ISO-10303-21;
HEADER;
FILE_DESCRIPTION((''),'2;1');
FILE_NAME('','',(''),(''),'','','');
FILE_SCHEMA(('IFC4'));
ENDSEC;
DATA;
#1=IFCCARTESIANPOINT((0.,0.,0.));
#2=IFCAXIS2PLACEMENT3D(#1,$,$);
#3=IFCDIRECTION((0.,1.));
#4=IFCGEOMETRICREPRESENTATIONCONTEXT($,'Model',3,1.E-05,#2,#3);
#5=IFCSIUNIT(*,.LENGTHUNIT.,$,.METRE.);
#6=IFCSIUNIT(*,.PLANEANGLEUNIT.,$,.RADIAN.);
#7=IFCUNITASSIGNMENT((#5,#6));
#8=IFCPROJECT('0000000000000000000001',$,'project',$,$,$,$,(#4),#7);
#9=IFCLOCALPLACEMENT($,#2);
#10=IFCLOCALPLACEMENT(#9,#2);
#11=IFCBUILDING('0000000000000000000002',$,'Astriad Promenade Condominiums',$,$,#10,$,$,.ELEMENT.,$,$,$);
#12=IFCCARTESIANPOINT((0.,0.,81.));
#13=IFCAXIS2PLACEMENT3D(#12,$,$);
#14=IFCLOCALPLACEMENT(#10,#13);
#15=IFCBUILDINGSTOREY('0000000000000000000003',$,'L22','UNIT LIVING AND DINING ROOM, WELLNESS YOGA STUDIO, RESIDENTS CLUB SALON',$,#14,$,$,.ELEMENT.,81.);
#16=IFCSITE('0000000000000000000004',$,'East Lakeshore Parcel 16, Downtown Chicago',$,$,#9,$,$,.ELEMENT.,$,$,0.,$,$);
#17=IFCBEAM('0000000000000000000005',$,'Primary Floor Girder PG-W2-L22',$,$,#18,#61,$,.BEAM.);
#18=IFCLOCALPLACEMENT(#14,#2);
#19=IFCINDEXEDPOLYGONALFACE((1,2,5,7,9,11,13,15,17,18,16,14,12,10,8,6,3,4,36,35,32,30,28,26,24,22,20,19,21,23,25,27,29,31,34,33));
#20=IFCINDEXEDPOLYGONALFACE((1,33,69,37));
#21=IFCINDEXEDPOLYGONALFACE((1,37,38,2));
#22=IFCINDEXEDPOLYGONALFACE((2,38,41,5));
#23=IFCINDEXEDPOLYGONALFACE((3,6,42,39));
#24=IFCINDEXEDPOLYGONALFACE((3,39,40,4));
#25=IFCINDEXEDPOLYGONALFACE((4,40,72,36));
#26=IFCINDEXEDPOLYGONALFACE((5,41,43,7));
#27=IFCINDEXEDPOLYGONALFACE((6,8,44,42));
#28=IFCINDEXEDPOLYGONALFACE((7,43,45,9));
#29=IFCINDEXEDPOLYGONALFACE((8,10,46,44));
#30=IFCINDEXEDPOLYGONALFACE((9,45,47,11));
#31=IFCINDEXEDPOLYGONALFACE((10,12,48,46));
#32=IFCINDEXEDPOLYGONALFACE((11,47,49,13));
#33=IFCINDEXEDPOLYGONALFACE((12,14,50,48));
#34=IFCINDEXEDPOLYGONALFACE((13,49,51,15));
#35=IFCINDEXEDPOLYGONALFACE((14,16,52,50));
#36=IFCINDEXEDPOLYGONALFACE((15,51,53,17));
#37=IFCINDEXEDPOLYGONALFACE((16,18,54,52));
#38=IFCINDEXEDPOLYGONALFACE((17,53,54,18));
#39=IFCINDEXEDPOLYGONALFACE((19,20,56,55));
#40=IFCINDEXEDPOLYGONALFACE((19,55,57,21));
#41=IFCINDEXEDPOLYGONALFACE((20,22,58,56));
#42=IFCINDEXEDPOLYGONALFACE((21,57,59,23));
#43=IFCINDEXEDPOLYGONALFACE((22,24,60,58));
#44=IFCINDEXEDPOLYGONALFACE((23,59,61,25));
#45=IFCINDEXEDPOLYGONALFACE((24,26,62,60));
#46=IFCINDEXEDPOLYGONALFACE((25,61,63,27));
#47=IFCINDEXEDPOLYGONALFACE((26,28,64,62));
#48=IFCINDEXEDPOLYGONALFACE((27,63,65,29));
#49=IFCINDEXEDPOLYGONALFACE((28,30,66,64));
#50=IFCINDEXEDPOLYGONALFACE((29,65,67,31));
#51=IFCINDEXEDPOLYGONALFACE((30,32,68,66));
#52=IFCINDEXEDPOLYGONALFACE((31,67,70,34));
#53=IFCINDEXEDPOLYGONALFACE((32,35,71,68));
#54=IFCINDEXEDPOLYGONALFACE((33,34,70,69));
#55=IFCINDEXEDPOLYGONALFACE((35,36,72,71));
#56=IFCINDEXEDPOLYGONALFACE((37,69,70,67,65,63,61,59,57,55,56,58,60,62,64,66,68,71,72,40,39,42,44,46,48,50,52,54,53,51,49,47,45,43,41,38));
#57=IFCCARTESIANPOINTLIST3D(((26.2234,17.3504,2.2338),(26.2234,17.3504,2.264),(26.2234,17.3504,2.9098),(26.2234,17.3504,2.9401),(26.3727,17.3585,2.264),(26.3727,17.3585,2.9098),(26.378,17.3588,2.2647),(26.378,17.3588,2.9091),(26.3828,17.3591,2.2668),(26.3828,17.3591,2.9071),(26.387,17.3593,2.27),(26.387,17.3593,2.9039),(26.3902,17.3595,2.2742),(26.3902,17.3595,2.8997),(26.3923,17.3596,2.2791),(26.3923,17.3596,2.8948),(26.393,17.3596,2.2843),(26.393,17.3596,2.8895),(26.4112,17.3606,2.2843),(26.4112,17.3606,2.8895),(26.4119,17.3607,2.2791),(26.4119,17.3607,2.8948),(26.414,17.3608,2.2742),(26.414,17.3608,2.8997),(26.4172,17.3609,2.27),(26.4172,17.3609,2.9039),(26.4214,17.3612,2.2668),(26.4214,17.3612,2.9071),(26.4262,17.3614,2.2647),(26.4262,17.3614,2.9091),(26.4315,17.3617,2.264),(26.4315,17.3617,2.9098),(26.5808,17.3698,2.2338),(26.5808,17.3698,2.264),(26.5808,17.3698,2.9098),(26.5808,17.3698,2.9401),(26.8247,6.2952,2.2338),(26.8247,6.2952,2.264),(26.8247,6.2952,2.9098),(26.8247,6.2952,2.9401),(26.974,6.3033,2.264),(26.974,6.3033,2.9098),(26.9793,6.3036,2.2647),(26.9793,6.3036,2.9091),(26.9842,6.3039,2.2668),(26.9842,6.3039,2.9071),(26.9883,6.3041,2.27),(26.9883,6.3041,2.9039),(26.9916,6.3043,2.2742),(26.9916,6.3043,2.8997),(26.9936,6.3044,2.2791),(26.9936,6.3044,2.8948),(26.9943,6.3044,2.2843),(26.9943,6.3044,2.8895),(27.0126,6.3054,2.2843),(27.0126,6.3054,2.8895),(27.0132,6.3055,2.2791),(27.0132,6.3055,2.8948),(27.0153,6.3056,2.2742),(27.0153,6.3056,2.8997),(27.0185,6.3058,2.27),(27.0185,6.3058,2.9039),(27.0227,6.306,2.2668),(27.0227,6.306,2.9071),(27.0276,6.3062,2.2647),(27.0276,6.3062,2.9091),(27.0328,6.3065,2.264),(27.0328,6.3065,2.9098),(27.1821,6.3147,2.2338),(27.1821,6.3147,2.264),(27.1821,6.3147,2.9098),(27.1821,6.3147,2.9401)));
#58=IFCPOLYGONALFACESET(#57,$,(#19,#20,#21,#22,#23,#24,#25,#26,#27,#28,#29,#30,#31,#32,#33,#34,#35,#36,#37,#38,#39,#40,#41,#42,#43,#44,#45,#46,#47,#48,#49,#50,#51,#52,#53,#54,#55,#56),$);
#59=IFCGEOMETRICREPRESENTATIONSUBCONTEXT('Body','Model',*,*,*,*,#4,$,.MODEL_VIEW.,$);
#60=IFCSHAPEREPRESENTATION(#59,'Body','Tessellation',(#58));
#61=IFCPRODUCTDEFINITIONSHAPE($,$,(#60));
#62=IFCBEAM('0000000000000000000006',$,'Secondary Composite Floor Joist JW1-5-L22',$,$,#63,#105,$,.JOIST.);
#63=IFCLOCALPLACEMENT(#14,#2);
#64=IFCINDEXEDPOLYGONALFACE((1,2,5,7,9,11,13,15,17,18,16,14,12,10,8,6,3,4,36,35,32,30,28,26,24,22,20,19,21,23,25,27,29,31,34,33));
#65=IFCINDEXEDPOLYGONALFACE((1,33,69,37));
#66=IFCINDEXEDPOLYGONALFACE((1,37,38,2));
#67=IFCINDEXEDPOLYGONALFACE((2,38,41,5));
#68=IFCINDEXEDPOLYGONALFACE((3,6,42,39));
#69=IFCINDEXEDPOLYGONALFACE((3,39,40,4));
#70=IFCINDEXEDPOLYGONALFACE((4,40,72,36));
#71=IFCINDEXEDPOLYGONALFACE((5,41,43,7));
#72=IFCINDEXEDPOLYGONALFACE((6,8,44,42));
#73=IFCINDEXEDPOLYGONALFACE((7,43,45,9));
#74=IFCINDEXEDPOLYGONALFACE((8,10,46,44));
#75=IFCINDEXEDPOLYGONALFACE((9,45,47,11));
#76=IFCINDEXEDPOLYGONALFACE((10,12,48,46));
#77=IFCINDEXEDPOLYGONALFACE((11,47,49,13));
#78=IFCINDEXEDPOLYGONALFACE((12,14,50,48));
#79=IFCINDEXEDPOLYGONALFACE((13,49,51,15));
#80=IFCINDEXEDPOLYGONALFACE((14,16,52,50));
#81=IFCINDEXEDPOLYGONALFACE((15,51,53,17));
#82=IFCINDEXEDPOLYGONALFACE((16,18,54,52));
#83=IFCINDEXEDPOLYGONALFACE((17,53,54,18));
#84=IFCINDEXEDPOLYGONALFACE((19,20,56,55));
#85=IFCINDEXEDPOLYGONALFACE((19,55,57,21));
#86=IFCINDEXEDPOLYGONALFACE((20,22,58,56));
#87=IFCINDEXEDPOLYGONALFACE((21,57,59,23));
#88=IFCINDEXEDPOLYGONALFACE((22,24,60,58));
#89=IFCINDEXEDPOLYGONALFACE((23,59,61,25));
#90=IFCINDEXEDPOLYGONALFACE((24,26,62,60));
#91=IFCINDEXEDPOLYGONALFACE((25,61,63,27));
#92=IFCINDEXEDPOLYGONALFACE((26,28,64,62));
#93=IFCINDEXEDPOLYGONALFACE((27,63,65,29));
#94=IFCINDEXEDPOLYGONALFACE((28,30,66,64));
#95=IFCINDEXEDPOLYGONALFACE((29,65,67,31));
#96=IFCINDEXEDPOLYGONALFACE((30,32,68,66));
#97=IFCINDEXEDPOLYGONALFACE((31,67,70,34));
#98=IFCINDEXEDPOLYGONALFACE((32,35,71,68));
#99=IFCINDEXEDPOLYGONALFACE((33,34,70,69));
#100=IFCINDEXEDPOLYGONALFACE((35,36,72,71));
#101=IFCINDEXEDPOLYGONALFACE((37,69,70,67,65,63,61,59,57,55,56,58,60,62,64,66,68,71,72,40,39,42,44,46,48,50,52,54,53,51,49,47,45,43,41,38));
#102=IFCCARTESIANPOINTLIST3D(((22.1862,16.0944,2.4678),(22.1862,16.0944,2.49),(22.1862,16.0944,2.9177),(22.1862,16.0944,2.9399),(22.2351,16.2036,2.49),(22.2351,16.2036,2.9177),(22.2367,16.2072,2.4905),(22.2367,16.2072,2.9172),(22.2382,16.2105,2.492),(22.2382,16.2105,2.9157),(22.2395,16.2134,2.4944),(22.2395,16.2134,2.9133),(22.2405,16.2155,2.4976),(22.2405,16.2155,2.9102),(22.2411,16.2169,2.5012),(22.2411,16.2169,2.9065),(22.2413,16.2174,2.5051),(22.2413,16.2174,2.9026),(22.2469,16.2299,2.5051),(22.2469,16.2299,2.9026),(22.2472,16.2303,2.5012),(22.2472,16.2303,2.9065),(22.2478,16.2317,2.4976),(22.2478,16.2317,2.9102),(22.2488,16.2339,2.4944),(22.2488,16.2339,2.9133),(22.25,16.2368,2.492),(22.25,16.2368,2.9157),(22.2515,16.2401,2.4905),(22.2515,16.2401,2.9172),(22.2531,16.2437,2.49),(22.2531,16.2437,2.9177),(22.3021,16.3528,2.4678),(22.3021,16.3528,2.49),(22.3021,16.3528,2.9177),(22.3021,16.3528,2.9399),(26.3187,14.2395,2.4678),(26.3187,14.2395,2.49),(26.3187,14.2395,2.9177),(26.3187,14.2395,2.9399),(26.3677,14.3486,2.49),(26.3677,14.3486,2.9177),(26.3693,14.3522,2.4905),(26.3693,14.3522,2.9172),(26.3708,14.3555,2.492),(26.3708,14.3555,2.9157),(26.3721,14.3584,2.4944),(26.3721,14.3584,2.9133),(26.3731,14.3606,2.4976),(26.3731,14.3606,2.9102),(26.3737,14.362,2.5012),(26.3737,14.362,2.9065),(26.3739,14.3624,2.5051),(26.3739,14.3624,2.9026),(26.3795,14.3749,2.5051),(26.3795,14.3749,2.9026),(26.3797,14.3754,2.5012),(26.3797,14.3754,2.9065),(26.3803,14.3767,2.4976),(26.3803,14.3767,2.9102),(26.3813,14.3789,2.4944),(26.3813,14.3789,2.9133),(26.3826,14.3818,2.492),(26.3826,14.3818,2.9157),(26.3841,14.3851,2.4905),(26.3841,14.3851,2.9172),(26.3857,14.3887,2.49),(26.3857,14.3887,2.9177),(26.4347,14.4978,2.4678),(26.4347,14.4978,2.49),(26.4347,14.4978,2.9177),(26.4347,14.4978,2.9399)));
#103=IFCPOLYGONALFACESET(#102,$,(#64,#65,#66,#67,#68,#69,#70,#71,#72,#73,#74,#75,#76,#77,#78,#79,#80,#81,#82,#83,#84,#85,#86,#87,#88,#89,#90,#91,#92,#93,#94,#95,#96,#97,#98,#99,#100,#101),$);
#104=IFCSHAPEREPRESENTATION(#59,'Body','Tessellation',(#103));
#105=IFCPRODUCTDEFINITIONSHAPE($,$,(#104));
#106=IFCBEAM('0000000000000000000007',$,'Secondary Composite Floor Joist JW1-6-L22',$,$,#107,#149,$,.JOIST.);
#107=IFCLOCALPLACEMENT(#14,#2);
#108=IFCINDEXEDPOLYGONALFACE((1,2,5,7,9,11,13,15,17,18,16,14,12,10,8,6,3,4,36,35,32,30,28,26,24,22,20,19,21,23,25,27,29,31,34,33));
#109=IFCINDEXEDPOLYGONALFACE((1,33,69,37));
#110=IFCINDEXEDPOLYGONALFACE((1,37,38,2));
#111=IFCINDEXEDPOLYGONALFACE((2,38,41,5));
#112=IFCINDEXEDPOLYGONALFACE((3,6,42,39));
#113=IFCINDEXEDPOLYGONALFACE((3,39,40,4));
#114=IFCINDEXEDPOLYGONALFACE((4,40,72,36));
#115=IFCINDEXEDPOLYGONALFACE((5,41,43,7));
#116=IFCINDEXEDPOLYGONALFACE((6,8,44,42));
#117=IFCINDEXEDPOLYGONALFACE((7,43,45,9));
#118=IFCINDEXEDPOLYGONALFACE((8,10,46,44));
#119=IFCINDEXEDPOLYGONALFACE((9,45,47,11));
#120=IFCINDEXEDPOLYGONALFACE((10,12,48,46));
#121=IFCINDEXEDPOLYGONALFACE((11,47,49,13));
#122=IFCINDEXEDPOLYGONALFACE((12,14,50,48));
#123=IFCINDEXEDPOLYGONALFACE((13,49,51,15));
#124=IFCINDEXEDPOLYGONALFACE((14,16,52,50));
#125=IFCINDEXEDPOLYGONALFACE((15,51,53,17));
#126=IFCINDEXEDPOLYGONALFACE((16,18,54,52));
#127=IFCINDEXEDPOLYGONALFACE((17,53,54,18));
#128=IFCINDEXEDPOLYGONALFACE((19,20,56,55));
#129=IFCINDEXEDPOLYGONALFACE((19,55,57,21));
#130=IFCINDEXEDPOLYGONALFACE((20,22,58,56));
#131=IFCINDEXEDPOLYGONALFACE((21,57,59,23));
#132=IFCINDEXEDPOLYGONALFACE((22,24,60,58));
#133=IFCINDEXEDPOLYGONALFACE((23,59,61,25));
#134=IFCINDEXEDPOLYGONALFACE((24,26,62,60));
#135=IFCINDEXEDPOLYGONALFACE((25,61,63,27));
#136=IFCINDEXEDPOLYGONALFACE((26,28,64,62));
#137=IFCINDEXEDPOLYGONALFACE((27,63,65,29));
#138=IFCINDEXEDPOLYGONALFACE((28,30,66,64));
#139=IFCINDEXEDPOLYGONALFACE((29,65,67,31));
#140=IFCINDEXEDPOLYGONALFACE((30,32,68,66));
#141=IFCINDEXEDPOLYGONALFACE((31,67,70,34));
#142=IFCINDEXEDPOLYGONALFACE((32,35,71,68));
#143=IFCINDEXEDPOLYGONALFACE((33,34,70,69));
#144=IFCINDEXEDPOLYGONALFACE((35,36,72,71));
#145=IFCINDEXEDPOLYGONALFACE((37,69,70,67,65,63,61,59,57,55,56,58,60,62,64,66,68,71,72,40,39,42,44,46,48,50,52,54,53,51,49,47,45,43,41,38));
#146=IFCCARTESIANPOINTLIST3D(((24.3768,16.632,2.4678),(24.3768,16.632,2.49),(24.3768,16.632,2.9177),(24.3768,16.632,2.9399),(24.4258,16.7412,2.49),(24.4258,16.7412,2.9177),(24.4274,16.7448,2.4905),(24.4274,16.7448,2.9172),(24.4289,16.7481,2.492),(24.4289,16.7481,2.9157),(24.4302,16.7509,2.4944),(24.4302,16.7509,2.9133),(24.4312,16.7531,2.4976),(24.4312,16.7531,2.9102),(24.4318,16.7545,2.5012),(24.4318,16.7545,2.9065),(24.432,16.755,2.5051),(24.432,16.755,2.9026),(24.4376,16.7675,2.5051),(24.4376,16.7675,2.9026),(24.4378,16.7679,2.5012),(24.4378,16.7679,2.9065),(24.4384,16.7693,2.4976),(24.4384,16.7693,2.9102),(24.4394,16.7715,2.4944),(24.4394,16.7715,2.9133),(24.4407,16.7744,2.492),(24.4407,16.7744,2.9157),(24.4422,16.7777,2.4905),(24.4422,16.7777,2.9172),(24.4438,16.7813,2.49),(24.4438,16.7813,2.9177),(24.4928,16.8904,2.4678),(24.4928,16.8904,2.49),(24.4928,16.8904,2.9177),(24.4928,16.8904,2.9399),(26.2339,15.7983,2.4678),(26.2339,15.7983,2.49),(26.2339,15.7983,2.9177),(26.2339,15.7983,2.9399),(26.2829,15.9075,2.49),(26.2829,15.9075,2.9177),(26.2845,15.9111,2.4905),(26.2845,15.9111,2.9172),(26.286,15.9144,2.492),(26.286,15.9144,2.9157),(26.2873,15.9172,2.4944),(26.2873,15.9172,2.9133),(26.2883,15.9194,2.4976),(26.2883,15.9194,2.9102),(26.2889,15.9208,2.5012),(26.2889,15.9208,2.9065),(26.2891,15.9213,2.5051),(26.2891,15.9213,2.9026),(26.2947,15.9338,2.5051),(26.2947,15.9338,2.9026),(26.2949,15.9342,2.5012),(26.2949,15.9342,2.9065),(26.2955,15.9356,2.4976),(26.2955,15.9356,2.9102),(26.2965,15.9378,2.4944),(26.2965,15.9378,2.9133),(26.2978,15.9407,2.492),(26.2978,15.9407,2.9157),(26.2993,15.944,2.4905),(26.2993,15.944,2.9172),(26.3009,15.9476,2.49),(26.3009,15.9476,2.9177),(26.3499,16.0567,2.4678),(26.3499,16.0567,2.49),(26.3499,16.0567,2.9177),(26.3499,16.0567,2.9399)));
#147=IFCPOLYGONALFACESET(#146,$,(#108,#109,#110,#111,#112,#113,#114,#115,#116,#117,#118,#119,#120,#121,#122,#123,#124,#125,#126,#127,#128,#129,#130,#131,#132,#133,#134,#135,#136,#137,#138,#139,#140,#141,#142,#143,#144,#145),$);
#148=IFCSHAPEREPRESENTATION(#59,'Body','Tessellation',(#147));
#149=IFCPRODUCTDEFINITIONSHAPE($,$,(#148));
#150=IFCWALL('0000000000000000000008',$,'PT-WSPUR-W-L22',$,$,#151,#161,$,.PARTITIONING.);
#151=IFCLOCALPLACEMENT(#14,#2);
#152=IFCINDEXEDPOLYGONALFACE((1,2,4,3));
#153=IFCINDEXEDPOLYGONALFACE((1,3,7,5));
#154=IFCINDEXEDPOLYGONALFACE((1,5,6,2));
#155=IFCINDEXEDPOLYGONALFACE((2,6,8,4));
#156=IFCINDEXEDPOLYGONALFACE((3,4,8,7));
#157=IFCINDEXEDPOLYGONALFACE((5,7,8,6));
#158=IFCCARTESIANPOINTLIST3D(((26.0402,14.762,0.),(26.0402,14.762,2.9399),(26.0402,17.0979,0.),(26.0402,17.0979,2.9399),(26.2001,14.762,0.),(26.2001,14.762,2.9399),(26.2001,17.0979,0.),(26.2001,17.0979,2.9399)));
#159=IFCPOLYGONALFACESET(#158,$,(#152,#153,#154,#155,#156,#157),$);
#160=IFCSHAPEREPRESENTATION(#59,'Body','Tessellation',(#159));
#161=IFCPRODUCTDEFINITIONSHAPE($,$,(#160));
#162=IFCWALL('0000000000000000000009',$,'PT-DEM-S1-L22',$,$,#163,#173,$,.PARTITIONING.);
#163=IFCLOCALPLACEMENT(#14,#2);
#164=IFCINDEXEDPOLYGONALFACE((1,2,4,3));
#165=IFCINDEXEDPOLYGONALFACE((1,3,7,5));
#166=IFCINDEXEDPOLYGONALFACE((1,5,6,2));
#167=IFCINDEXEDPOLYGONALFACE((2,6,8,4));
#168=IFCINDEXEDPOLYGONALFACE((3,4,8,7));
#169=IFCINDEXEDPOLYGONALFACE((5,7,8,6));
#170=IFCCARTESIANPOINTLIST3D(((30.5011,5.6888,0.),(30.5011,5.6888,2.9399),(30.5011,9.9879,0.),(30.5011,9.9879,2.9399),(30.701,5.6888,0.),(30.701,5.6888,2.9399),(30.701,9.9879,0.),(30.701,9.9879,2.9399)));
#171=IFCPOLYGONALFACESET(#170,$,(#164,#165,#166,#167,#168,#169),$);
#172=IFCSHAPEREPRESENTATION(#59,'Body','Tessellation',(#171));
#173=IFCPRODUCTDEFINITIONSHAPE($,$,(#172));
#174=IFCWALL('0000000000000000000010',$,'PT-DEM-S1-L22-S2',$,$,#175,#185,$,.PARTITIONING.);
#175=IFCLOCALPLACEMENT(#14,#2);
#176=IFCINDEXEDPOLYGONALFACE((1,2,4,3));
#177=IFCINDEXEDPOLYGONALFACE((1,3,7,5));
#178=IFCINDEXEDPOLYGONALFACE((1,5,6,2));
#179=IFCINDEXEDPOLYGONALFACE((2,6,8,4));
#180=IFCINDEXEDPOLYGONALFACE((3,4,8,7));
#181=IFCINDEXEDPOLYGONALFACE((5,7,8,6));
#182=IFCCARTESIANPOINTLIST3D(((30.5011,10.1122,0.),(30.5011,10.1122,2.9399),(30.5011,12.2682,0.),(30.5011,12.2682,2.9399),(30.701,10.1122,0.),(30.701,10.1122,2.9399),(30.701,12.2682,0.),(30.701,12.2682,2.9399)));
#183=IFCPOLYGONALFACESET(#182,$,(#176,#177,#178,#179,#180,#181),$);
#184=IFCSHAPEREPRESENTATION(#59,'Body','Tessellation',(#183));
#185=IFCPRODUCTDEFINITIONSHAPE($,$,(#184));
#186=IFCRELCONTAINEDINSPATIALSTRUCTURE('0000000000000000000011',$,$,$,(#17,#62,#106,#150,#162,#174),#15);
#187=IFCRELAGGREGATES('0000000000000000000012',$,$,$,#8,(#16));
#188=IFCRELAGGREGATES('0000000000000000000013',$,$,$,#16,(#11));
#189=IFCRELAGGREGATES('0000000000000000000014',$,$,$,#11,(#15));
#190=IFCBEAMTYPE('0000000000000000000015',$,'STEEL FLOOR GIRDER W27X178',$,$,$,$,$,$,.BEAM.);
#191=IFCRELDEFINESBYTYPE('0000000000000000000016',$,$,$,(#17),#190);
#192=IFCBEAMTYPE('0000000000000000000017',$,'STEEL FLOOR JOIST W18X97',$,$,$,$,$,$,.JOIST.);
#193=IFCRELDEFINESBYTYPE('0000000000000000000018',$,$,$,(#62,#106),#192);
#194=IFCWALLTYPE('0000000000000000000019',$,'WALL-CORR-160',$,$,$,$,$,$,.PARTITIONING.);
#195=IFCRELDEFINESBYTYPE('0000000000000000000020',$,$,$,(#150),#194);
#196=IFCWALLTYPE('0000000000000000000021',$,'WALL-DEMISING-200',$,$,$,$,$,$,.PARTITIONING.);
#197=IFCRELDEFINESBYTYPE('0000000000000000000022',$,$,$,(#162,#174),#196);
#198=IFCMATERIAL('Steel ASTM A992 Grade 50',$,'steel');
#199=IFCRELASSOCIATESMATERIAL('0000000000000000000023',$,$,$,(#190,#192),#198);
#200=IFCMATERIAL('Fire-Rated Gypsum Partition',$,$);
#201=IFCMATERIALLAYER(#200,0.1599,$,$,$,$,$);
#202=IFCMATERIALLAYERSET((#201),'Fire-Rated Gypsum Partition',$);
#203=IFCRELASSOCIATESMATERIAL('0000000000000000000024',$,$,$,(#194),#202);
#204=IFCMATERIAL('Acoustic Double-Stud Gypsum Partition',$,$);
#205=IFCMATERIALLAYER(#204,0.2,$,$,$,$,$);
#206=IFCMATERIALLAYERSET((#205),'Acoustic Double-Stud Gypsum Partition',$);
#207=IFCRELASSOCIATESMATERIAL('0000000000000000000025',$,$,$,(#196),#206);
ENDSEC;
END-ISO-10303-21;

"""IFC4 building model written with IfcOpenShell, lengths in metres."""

from ifc_helpers import new_model, si_unit, direction, frame, frame_2d, origin, origin_2d, place, context, subcontext, project, spatial, rectangle, i_section, extrude, source, transform, mapped, material, layer, layer_set, material_profile, profile_set, type_object, type_shapes, element, save


model = new_model("IFC4")

# Units and contexts
model_context = context("Model", 3, precision=1e-05, world=origin(), true_north=direction((0.0, 1.0)))
body_context = subcontext(model_context, "Body", "Model", "MODEL_VIEW")
ifc_project = project(units=[si_unit("LENGTHUNIT", "METRE"), si_unit("PLANEANGLEUNIT", "RADIAN")], contexts=[model_context])

# Site, building, storey
site_placement = place(None, origin())
site = spatial("IfcSite", under=ifc_project, at=site_placement, Name="East Lakeshore Parcel 16, Downtown Chicago", CompositionType="ELEMENT", RefElevation=0.0)
building_placement = place(site_placement, origin())
building = spatial("IfcBuilding", under=site, at=building_placement, Name="Astriad Promenade Condominiums", CompositionType="ELEMENT")
storey_placement = place(building_placement, frame((0.0, 0.0, 81.0)))
storey = spatial("IfcBuildingStorey", under=building, at=storey_placement, Name="L22", Description="UNIT LIVING AND DINING ROOM, WELLNESS YOGA STUDIO, RESIDENTS CLUB SALON", CompositionType="ELEMENT", Elevation=81.0)

# Shared definitions
ifc_material_1 = material(Name="Steel ASTM A992 Grade 50", Category="steel")

# Beams
ifc_material_profile_1 = material_profile(ifc_material_1, i_section(OverallWidth=0.3579, OverallDepth=0.7063, WebThickness=0.0183, FlangeThickness=0.0303, FilletRadius=0.0203, at=origin_2d()), Name="W27X178")
ifc_profile_set_1 = profile_set([ifc_material_profile_1], Name="Steel ASTM A992 Grade 50")
beam_type_1 = type_object("IfcBeamType", Name="STEEL FLOOR GIRDER W27X178", PredefinedType="BEAM", material=ifc_profile_set_1)
shared_shape_1 = source(origin(), body_context, "Body", "SweptSolid", [
    extrude(i_section(OverallWidth=0.3579, OverallDepth=0.7063, WebThickness=0.0183, FlangeThickness=0.0303, FilletRadius=0.0203, at=origin_2d()), origin(), (0.0, 0.0, 1.0), 11.0715),
])
type_shapes(beam_type_1, [shared_shape_1])
beam_1_placement = place(storey_placement, frame((27.0034, 6.3049, 2.5869), z_axis=(-0.054312, 0.998524, 0.0), x_axis=(-0.998524, -0.054312, 0.0)))
element("IfcBeam", 1, at=beam_1_placement, inside=storey, type_object=beam_type_1, Name="Primary Floor Girder PG-W2-L22", PredefinedType="BEAM", context=body_context, shape_type="MappedRepresentation", body=[
    mapped(shared_shape_1, transform((0.0, 0.0, 0.0), scale=1.0)),
])
ifc_material_profile_2 = material_profile(ifc_material_1, i_section(OverallWidth=0.2832, OverallDepth=0.4722, WebThickness=0.0137, FlangeThickness=0.0222, FilletRadius=0.0151, at=origin_2d()), Name="W18X97")
ifc_profile_set_2 = profile_set([ifc_material_profile_2], Name="Steel ASTM A992 Grade 50")
beam_type_2 = type_object("IfcBeamType", Name="STEEL FLOOR JOIST W18X97", PredefinedType="JOIST", material=ifc_profile_set_2)
shared_shape_2 = source(origin(), body_context, "Body", "SweptSolid", [
    extrude(i_section(OverallWidth=0.2832, OverallDepth=0.4722, WebThickness=0.0137, FlangeThickness=0.0222, FilletRadius=0.0151, at=origin_2d()), origin(), (0.0, 0.0, 1.0), 4.5298),
])
beam_2_placement = place(storey_placement, frame((22.2441, 16.2236, 2.7039), z_axis=(0.912307, -0.409506, 0.0), x_axis=(0.409506, 0.912307, 0.0)))
element("IfcBeam", 2, at=beam_2_placement, inside=storey, type_object=beam_type_2, Name="Secondary Composite Floor Joist JW1-5-L22", PredefinedType="JOIST", context=body_context, shape_type="MappedRepresentation", body=[
    mapped(shared_shape_2, transform((0.0, 0.0, 0.0), scale=1.0)),
])
shared_shape_3 = source(origin(), body_context, "Body", "SweptSolid", [
    extrude(i_section(OverallWidth=0.2832, OverallDepth=0.4722, WebThickness=0.0137, FlangeThickness=0.0222, FilletRadius=0.0151, at=origin_2d()), origin(), (0.0, 0.0, 1.0), 2.0356),
])
type_shapes(beam_type_2, [shared_shape_2, shared_shape_3])
beam_3_placement = place(storey_placement, frame((24.4348, 16.7612, 2.7039), z_axis=(0.912287, -0.409552, 0.0), x_axis=(0.409552, 0.912287, 0.0)))
element("IfcBeam", 3, at=beam_3_placement, inside=storey, type_object=beam_type_2, Name="Secondary Composite Floor Joist JW1-6-L22", PredefinedType="JOIST", context=body_context, shape_type="MappedRepresentation", body=[
    mapped(shared_shape_3, transform((0.0, 0.0, 0.0), scale=1.0)),
])

# Walls
ifc_material_2 = material(Name="Fire-Rated Gypsum Partition")
ifc_layer_1 = layer(ifc_material_2, 0.1599)
ifc_layer_set_1 = layer_set([ifc_layer_1], Name="Fire-Rated Gypsum Partition")
wall_type_1 = type_object("IfcWallType", Name="WALL-CORR-160", PredefinedType="PARTITIONING", material=ifc_layer_set_1)
wall_1_placement = place(storey_placement, frame((26.1201, 14.762, 0.0), z_axis=(0.0, 0.0, 1.0), x_axis=(0.0, 1.0, 0.0)))
element("IfcWall", 4, at=wall_1_placement, inside=storey, type_object=wall_type_1, Name="PT-WSPUR-W-L22", PredefinedType="PARTITIONING", context=body_context, shape_type="SweptSolid", body=[
    extrude(rectangle(XDim=2.3359, YDim=0.1599, at=frame_2d((1.168, 0.0))), origin(), (0.0, 0.0, 1.0), 2.9399),
])
ifc_material_3 = material(Name="Acoustic Double-Stud Gypsum Partition")
ifc_layer_2 = layer(ifc_material_3, 0.2)
ifc_layer_set_2 = layer_set([ifc_layer_2], Name="Acoustic Double-Stud Gypsum Partition")
wall_type_2 = type_object("IfcWallType", Name="WALL-DEMISING-200", PredefinedType="PARTITIONING", material=ifc_layer_set_2)
wall_2_placement = place(storey_placement, frame((30.6011, 5.689, 0.0), z_axis=(0.0, 0.0, 1.0), x_axis=(0.0, 1.0, 0.0)))
element("IfcWall", 5, at=wall_2_placement, inside=storey, type_object=wall_type_2, Name="PT-DEM-S1-L22", PredefinedType="PARTITIONING", context=body_context, shape_type="SweptSolid", body=[
    extrude(rectangle(XDim=4.2991, YDim=0.2, at=frame_2d((2.1494, 0.0))), origin(), (0.0, 0.0, 1.0), 2.9399),
])
wall_3_placement = place(storey_placement, frame((30.6011, 10.1121, 0.0), z_axis=(0.0, 0.0, 1.0), x_axis=(0.0, 1.0, 0.0)))
element("IfcWall", 6, at=wall_3_placement, inside=storey, type_object=wall_type_2, Name="PT-DEM-S1-L22-S2", PredefinedType="PARTITIONING", context=body_context, shape_type="SweptSolid", body=[
    extrude(rectangle(XDim=2.156, YDim=0.2, at=frame_2d((1.0781, 0.0))), origin(), (0.0, 0.0, 1.0), 2.9399),
])

save(model, "model.ifc")
